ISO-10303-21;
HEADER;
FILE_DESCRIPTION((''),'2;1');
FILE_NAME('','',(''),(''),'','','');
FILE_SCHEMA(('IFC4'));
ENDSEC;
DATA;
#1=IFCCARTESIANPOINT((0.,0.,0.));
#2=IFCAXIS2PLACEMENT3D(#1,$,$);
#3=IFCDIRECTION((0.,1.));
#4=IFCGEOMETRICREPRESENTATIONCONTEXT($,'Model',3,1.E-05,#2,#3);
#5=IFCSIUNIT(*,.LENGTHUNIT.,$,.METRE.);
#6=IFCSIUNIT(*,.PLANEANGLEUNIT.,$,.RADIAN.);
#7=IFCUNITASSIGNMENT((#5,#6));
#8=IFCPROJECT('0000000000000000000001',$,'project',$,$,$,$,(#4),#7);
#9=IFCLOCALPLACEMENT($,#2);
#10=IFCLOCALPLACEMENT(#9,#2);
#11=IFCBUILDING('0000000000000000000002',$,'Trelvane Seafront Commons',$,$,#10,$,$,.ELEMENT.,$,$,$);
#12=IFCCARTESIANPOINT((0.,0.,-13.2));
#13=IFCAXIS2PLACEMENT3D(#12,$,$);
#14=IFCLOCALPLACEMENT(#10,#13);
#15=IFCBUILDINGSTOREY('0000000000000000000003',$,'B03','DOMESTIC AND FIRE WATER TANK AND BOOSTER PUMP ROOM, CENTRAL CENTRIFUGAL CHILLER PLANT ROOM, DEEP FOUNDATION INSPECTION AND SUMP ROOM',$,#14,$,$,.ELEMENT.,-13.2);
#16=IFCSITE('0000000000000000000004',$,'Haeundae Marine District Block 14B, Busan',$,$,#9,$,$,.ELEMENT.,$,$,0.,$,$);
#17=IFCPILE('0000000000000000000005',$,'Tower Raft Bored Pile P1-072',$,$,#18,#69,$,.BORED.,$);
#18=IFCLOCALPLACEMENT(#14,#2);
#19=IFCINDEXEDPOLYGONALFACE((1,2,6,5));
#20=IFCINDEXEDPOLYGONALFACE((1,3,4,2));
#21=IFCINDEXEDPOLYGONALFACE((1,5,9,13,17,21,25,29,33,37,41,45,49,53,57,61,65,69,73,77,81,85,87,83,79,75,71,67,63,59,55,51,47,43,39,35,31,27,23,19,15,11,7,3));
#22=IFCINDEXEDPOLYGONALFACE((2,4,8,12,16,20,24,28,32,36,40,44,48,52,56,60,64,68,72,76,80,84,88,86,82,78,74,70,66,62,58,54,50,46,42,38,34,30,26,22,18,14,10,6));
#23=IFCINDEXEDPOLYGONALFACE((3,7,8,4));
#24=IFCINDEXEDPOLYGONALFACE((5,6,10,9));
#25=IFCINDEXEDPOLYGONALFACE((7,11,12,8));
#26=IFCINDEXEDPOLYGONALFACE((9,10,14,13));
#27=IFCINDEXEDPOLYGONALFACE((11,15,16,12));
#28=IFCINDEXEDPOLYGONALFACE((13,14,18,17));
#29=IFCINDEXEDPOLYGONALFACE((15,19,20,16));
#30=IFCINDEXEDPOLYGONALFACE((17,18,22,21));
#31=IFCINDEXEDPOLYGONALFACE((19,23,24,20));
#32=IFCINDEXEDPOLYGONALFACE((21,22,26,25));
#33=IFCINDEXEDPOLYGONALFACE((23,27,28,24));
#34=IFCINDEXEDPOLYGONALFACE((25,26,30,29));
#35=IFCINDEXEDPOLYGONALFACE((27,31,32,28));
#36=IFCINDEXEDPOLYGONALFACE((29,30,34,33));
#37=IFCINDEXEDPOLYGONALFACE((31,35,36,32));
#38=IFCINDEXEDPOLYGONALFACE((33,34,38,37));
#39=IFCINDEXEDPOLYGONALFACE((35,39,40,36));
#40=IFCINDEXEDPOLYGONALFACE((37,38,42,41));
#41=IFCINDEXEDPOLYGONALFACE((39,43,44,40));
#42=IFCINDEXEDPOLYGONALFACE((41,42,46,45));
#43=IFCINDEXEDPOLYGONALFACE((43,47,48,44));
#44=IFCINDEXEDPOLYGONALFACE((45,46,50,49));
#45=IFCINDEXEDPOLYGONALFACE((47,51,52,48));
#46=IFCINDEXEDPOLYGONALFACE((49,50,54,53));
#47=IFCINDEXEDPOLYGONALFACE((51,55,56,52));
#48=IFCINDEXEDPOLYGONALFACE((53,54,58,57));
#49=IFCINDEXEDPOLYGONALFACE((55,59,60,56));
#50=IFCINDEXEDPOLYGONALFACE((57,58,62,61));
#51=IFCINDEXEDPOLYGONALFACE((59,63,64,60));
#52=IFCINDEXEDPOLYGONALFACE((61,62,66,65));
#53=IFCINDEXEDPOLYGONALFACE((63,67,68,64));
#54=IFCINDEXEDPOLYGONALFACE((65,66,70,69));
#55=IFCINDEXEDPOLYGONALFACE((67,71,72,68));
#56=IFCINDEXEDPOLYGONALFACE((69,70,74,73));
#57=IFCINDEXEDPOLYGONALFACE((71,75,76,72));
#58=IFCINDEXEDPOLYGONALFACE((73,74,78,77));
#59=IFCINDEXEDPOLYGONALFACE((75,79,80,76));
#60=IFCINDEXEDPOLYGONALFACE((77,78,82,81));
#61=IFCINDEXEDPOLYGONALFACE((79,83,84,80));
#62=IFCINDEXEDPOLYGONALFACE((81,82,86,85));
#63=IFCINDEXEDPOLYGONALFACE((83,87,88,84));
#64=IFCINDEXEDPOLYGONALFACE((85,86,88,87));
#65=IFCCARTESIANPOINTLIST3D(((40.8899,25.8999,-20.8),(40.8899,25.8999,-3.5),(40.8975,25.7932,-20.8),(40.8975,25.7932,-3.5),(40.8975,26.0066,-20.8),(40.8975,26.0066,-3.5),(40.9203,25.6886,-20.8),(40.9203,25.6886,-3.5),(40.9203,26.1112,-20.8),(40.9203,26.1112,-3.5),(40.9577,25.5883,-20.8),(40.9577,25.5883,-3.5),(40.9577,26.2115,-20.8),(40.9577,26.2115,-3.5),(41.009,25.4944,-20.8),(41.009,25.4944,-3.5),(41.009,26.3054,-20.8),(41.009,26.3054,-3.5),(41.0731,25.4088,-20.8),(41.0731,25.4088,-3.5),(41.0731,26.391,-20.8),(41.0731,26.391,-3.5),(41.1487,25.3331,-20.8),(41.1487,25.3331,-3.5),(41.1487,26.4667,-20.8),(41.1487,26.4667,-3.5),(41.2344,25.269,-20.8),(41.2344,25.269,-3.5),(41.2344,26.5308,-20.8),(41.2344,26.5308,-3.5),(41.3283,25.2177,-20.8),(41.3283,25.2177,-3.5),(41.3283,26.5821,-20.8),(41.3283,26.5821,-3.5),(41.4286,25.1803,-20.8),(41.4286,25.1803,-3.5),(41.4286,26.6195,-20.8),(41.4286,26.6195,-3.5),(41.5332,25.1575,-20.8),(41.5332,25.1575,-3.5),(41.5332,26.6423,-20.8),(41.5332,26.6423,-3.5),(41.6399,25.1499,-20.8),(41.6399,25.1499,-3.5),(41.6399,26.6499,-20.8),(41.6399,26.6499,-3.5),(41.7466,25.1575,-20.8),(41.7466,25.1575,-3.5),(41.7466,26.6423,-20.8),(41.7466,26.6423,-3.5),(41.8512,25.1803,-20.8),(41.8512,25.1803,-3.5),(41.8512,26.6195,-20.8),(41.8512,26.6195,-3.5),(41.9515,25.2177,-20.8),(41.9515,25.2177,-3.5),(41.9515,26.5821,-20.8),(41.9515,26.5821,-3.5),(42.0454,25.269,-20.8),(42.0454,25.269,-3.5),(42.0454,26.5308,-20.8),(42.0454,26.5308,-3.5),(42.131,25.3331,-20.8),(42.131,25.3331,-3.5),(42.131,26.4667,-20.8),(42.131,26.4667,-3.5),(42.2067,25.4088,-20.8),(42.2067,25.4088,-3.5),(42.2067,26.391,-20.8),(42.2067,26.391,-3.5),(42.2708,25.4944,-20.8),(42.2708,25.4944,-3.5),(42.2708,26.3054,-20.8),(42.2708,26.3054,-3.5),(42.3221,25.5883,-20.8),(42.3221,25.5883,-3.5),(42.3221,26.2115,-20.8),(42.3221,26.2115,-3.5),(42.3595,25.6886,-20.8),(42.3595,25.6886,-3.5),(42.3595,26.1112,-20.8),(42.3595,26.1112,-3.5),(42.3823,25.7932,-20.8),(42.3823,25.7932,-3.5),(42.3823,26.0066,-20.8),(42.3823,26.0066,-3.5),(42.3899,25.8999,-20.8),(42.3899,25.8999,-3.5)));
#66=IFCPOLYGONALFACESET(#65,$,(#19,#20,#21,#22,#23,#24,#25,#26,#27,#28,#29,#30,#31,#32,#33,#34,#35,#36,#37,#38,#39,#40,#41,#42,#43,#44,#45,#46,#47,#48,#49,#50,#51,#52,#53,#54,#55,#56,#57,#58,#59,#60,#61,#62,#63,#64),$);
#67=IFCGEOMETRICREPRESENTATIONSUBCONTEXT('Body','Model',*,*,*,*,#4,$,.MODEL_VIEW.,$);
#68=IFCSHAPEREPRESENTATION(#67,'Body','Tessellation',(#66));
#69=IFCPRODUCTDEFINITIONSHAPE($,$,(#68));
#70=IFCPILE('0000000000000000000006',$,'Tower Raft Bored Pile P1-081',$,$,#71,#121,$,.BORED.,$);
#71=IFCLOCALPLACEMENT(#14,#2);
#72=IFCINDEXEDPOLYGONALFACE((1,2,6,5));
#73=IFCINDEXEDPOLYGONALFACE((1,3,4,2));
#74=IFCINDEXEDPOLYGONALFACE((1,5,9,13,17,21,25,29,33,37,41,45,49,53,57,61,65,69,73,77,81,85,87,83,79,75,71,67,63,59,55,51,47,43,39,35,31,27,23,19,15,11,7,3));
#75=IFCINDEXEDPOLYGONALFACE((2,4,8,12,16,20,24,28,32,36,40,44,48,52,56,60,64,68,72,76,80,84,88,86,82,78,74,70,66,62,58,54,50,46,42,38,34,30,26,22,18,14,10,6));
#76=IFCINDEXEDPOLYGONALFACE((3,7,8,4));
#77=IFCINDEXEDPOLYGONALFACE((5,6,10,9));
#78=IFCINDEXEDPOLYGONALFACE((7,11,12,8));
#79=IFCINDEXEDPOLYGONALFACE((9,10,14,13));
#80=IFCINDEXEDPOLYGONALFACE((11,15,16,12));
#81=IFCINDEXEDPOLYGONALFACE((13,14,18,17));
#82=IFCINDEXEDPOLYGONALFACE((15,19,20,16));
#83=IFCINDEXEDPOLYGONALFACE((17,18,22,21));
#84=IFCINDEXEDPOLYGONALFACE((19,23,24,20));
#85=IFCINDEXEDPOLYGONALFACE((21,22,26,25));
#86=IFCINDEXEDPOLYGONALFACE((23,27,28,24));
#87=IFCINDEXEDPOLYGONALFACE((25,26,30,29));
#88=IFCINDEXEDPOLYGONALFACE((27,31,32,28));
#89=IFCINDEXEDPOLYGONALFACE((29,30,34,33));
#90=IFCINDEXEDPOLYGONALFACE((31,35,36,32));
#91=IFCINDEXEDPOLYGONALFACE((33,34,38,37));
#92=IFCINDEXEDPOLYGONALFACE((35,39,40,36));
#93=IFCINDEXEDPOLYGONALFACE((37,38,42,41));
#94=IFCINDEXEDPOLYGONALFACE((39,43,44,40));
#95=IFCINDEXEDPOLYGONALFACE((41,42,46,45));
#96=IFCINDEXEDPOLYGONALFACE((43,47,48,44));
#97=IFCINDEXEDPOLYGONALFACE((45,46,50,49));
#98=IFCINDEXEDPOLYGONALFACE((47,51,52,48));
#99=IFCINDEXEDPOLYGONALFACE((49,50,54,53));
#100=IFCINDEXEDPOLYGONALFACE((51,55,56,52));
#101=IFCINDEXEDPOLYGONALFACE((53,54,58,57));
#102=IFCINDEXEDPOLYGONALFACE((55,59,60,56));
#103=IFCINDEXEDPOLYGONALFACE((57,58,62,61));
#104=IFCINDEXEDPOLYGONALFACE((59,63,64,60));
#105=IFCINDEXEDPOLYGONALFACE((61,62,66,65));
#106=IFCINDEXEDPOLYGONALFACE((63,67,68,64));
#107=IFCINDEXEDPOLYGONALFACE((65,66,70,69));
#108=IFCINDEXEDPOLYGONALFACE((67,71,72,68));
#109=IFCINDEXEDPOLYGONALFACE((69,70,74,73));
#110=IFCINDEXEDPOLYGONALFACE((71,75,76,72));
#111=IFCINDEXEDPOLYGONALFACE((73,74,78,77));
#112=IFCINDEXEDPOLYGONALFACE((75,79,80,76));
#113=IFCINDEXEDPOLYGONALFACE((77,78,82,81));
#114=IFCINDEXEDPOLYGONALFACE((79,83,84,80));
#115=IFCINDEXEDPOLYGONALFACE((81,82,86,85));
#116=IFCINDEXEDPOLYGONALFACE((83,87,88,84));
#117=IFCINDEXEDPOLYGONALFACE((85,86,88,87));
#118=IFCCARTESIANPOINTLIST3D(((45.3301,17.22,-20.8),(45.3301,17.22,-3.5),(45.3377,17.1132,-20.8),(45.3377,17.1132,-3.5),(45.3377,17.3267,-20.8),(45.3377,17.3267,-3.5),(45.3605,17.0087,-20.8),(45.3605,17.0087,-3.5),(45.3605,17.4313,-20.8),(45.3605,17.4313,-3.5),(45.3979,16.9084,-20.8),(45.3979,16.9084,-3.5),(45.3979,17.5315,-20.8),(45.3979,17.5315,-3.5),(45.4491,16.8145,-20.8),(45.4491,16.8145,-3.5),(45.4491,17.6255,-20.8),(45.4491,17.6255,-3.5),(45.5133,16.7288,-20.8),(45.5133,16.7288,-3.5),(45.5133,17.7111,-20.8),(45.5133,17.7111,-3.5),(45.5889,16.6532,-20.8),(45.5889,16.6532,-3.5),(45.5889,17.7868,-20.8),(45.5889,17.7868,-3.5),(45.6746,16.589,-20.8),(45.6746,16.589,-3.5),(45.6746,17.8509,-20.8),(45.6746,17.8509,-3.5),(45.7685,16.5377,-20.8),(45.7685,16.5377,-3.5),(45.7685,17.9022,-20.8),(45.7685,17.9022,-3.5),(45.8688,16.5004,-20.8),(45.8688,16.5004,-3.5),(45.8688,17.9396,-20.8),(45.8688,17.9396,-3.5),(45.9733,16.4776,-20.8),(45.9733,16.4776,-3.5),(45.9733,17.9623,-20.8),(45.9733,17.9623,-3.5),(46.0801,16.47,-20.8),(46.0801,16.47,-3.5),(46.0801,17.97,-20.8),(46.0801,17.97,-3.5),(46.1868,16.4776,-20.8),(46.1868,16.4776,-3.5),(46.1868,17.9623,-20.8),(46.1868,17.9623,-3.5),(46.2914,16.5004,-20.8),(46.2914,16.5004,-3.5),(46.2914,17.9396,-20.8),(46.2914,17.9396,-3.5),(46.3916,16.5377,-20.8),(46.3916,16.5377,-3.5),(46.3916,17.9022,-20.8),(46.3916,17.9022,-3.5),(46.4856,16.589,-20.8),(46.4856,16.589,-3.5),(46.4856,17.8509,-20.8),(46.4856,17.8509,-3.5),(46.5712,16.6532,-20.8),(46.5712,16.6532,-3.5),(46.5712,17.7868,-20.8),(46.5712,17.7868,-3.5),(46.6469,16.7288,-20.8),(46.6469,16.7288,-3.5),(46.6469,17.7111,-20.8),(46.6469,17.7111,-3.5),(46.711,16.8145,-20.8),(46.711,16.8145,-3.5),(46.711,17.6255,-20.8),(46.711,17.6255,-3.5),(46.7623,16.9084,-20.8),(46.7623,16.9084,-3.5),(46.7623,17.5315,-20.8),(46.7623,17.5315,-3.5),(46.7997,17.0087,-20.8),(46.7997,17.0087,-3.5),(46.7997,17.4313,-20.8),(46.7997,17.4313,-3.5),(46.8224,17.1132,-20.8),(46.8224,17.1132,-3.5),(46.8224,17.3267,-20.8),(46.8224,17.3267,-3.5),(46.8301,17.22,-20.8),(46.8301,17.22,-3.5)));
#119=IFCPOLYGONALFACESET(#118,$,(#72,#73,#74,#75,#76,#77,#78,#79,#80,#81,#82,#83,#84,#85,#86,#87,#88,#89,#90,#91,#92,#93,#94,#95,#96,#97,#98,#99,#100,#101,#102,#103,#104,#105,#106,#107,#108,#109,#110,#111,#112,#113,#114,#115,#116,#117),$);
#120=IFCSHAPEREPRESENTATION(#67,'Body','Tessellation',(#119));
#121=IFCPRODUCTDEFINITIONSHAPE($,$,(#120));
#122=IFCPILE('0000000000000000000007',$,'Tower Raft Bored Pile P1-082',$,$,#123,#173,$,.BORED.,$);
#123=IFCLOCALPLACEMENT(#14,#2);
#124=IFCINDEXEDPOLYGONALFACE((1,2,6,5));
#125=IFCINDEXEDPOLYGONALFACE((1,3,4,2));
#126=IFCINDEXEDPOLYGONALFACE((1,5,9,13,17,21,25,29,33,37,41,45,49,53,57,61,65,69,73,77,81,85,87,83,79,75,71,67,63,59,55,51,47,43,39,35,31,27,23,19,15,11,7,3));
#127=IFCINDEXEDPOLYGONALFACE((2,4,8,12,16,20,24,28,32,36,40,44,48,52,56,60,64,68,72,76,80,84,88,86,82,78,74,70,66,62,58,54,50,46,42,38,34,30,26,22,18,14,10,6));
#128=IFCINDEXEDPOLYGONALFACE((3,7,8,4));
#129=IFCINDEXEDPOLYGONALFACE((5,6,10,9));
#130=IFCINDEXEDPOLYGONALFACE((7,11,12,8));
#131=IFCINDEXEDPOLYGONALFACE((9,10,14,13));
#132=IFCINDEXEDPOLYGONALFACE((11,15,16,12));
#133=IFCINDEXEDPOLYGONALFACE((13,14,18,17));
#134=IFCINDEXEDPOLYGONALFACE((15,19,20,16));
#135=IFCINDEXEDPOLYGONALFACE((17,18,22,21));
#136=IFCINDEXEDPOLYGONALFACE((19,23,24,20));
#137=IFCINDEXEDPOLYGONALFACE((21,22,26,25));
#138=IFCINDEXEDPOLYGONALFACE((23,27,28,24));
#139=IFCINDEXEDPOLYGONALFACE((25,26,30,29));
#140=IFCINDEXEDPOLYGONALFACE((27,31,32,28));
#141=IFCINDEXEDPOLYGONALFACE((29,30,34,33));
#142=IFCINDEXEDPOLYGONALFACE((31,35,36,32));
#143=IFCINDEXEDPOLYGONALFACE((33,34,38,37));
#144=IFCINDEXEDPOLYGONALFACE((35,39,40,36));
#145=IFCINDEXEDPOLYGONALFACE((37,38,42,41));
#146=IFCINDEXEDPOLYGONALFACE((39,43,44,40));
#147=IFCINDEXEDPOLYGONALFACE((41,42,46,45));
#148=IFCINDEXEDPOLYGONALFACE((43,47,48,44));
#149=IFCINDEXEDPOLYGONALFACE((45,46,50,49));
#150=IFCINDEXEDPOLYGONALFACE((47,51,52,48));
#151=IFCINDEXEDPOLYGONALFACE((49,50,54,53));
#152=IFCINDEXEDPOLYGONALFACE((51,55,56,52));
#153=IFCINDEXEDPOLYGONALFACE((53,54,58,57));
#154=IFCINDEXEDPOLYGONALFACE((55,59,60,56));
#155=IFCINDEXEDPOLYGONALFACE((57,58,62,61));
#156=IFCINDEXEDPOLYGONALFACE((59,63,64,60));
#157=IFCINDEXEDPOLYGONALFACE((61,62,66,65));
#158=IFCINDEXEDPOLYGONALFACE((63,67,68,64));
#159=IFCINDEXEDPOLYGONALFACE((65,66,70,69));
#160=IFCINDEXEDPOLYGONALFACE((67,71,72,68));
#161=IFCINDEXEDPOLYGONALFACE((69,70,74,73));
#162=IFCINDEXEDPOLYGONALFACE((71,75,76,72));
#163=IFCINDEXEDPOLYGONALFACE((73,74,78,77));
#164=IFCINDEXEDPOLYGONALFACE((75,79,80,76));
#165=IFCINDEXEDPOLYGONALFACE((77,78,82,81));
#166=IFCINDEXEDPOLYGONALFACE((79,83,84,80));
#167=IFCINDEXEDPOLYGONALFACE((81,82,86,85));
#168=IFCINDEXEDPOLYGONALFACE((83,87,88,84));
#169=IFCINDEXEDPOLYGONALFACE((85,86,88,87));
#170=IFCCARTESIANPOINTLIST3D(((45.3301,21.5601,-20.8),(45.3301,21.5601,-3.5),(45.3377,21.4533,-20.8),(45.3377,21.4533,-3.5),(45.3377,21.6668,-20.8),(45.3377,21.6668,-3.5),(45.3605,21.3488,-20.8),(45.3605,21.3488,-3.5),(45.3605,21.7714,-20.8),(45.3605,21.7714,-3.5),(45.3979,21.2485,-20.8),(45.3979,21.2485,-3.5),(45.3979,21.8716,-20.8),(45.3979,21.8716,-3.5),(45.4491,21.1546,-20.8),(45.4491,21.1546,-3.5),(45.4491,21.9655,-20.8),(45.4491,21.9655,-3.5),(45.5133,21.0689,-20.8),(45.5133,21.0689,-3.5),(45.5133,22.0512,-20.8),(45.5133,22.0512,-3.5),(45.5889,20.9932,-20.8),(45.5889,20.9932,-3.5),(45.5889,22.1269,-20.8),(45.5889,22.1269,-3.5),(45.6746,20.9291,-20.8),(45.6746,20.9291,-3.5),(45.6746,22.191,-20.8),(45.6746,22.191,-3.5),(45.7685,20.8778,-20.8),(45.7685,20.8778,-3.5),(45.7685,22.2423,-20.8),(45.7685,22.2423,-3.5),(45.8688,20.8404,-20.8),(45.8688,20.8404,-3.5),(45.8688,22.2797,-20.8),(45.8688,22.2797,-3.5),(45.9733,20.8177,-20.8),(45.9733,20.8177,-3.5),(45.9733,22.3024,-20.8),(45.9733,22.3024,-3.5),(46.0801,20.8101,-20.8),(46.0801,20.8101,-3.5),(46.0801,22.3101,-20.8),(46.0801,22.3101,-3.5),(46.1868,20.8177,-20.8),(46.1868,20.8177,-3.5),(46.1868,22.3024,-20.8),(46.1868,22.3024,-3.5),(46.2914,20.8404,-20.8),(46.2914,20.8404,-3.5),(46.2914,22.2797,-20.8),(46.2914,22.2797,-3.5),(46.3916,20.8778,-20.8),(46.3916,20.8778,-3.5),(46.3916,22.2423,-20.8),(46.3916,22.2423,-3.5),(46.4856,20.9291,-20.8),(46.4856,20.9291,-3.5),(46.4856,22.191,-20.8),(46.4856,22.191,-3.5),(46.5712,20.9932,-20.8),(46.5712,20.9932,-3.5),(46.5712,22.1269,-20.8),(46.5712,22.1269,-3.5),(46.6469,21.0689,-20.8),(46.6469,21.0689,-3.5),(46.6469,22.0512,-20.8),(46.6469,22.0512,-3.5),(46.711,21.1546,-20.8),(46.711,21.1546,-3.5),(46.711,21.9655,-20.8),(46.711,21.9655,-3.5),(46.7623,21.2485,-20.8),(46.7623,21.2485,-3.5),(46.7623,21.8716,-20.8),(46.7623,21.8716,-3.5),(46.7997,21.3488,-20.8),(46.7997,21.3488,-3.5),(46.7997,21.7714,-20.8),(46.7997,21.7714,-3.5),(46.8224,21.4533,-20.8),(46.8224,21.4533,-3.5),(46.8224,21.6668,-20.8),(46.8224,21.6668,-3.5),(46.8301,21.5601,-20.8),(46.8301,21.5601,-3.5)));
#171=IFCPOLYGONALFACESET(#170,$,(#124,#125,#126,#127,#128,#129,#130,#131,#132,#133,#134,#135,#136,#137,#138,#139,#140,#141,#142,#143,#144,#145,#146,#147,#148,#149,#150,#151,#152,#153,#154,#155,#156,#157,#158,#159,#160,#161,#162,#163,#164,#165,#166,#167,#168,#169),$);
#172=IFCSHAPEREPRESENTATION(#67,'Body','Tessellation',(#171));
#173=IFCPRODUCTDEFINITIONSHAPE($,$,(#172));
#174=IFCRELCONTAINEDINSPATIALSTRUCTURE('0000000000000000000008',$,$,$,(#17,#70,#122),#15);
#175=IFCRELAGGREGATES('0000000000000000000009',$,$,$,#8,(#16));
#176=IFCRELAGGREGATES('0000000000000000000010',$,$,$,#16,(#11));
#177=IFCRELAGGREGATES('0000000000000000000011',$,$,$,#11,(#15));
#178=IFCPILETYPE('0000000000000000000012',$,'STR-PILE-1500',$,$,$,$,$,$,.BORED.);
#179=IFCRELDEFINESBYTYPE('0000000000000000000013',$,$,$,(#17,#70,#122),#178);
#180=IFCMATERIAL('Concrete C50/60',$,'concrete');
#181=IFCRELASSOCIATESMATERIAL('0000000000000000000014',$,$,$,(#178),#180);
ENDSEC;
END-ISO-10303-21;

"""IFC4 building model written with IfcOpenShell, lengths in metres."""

from ifc_helpers import new_model, si_unit, direction, frame, origin, origin_2d, place, context, subcontext, project, spatial, circle, extrude, source, transform, mapped, material, material_profile, profile_set, type_object, element, save


model = new_model("IFC4")

# Units and contexts
model_context = context("Model", 3, precision=1e-05, world=origin(), true_north=direction((0.0, 1.0)))
body_context = subcontext(model_context, "Body", "Model", "MODEL_VIEW")
ifc_project = project(units=[si_unit("LENGTHUNIT", "METRE"), si_unit("PLANEANGLEUNIT", "RADIAN")], contexts=[model_context])

# Site, building, storey
site_placement = place(None, origin())
site = spatial("IfcSite", under=ifc_project, at=site_placement, Name="Haeundae Marine District Block 14B, Busan", CompositionType="ELEMENT", RefElevation=0.0)
building_placement = place(site_placement, origin())
building = spatial("IfcBuilding", under=site, at=building_placement, Name="Trelvane Seafront Commons", CompositionType="ELEMENT")
storey_placement = place(building_placement, frame((0.0, 0.0, -13.2)))
storey = spatial("IfcBuildingStorey", under=building, at=storey_placement, Name="B03", Description="DOMESTIC AND FIRE WATER TANK AND BOOSTER PUMP ROOM, CENTRAL CENTRIFUGAL CHILLER PLANT ROOM, DEEP FOUNDATION INSPECTION AND SUMP ROOM", CompositionType="ELEMENT", Elevation=-13.2)

# Piles
ifc_material_1 = material(Name="Concrete C50/60", Category="concrete")
ifc_material_profile_1 = material_profile(ifc_material_1, circle(Radius=0.75, at=origin_2d()), Name="PILE-1500")
ifc_profile_set_1 = profile_set([ifc_material_profile_1], Name="Concrete C50/60")
pile_type = type_object("IfcPileType", Name="STR-PILE-1500", PredefinedType="BORED", material=ifc_profile_set_1)
shared_shape_1 = source(origin(), body_context, "Body", "SweptSolid", [
    extrude(circle(Radius=0.75, at=origin_2d()), origin(), (0.0, 0.0, 1.0), 17.3),
])
for number, where, z_axis, x_axis, name in (
    (1, (41.6399, 25.8999, -3.5), (0.0, 0.0, -1.0), (1.0, 0.0, 0.0), "Tower Raft Bored Pile P1-072"),
    (2, (46.0801, 17.22, -3.5), (0.0, 0.0, -1.0), (1.0, 0.0, 0.0), "Tower Raft Bored Pile P1-081"),
    (3, (46.0801, 21.5601, -3.5), (0.0, 0.0, -1.0), (1.0, 0.0, 0.0), "Tower Raft Bored Pile P1-082"),
):
    element("IfcPile", number, at=place(storey_placement, frame(where, z_axis=z_axis, x_axis=x_axis)), inside=storey, type_object=pile_type, Name=name, PredefinedType="BORED", context=body_context, shape_type="MappedRepresentation", body=[
        mapped(shared_shape_1, transform((0.0, 0.0, 0.0), x_axis=(1.0, 0.0, 0.0), y_axis=(0.0, 1.0, 0.0), z_axis=(0.0, 0.0, 1.0), scale=1.0)),
    ])

save(model, "model.ifc")
